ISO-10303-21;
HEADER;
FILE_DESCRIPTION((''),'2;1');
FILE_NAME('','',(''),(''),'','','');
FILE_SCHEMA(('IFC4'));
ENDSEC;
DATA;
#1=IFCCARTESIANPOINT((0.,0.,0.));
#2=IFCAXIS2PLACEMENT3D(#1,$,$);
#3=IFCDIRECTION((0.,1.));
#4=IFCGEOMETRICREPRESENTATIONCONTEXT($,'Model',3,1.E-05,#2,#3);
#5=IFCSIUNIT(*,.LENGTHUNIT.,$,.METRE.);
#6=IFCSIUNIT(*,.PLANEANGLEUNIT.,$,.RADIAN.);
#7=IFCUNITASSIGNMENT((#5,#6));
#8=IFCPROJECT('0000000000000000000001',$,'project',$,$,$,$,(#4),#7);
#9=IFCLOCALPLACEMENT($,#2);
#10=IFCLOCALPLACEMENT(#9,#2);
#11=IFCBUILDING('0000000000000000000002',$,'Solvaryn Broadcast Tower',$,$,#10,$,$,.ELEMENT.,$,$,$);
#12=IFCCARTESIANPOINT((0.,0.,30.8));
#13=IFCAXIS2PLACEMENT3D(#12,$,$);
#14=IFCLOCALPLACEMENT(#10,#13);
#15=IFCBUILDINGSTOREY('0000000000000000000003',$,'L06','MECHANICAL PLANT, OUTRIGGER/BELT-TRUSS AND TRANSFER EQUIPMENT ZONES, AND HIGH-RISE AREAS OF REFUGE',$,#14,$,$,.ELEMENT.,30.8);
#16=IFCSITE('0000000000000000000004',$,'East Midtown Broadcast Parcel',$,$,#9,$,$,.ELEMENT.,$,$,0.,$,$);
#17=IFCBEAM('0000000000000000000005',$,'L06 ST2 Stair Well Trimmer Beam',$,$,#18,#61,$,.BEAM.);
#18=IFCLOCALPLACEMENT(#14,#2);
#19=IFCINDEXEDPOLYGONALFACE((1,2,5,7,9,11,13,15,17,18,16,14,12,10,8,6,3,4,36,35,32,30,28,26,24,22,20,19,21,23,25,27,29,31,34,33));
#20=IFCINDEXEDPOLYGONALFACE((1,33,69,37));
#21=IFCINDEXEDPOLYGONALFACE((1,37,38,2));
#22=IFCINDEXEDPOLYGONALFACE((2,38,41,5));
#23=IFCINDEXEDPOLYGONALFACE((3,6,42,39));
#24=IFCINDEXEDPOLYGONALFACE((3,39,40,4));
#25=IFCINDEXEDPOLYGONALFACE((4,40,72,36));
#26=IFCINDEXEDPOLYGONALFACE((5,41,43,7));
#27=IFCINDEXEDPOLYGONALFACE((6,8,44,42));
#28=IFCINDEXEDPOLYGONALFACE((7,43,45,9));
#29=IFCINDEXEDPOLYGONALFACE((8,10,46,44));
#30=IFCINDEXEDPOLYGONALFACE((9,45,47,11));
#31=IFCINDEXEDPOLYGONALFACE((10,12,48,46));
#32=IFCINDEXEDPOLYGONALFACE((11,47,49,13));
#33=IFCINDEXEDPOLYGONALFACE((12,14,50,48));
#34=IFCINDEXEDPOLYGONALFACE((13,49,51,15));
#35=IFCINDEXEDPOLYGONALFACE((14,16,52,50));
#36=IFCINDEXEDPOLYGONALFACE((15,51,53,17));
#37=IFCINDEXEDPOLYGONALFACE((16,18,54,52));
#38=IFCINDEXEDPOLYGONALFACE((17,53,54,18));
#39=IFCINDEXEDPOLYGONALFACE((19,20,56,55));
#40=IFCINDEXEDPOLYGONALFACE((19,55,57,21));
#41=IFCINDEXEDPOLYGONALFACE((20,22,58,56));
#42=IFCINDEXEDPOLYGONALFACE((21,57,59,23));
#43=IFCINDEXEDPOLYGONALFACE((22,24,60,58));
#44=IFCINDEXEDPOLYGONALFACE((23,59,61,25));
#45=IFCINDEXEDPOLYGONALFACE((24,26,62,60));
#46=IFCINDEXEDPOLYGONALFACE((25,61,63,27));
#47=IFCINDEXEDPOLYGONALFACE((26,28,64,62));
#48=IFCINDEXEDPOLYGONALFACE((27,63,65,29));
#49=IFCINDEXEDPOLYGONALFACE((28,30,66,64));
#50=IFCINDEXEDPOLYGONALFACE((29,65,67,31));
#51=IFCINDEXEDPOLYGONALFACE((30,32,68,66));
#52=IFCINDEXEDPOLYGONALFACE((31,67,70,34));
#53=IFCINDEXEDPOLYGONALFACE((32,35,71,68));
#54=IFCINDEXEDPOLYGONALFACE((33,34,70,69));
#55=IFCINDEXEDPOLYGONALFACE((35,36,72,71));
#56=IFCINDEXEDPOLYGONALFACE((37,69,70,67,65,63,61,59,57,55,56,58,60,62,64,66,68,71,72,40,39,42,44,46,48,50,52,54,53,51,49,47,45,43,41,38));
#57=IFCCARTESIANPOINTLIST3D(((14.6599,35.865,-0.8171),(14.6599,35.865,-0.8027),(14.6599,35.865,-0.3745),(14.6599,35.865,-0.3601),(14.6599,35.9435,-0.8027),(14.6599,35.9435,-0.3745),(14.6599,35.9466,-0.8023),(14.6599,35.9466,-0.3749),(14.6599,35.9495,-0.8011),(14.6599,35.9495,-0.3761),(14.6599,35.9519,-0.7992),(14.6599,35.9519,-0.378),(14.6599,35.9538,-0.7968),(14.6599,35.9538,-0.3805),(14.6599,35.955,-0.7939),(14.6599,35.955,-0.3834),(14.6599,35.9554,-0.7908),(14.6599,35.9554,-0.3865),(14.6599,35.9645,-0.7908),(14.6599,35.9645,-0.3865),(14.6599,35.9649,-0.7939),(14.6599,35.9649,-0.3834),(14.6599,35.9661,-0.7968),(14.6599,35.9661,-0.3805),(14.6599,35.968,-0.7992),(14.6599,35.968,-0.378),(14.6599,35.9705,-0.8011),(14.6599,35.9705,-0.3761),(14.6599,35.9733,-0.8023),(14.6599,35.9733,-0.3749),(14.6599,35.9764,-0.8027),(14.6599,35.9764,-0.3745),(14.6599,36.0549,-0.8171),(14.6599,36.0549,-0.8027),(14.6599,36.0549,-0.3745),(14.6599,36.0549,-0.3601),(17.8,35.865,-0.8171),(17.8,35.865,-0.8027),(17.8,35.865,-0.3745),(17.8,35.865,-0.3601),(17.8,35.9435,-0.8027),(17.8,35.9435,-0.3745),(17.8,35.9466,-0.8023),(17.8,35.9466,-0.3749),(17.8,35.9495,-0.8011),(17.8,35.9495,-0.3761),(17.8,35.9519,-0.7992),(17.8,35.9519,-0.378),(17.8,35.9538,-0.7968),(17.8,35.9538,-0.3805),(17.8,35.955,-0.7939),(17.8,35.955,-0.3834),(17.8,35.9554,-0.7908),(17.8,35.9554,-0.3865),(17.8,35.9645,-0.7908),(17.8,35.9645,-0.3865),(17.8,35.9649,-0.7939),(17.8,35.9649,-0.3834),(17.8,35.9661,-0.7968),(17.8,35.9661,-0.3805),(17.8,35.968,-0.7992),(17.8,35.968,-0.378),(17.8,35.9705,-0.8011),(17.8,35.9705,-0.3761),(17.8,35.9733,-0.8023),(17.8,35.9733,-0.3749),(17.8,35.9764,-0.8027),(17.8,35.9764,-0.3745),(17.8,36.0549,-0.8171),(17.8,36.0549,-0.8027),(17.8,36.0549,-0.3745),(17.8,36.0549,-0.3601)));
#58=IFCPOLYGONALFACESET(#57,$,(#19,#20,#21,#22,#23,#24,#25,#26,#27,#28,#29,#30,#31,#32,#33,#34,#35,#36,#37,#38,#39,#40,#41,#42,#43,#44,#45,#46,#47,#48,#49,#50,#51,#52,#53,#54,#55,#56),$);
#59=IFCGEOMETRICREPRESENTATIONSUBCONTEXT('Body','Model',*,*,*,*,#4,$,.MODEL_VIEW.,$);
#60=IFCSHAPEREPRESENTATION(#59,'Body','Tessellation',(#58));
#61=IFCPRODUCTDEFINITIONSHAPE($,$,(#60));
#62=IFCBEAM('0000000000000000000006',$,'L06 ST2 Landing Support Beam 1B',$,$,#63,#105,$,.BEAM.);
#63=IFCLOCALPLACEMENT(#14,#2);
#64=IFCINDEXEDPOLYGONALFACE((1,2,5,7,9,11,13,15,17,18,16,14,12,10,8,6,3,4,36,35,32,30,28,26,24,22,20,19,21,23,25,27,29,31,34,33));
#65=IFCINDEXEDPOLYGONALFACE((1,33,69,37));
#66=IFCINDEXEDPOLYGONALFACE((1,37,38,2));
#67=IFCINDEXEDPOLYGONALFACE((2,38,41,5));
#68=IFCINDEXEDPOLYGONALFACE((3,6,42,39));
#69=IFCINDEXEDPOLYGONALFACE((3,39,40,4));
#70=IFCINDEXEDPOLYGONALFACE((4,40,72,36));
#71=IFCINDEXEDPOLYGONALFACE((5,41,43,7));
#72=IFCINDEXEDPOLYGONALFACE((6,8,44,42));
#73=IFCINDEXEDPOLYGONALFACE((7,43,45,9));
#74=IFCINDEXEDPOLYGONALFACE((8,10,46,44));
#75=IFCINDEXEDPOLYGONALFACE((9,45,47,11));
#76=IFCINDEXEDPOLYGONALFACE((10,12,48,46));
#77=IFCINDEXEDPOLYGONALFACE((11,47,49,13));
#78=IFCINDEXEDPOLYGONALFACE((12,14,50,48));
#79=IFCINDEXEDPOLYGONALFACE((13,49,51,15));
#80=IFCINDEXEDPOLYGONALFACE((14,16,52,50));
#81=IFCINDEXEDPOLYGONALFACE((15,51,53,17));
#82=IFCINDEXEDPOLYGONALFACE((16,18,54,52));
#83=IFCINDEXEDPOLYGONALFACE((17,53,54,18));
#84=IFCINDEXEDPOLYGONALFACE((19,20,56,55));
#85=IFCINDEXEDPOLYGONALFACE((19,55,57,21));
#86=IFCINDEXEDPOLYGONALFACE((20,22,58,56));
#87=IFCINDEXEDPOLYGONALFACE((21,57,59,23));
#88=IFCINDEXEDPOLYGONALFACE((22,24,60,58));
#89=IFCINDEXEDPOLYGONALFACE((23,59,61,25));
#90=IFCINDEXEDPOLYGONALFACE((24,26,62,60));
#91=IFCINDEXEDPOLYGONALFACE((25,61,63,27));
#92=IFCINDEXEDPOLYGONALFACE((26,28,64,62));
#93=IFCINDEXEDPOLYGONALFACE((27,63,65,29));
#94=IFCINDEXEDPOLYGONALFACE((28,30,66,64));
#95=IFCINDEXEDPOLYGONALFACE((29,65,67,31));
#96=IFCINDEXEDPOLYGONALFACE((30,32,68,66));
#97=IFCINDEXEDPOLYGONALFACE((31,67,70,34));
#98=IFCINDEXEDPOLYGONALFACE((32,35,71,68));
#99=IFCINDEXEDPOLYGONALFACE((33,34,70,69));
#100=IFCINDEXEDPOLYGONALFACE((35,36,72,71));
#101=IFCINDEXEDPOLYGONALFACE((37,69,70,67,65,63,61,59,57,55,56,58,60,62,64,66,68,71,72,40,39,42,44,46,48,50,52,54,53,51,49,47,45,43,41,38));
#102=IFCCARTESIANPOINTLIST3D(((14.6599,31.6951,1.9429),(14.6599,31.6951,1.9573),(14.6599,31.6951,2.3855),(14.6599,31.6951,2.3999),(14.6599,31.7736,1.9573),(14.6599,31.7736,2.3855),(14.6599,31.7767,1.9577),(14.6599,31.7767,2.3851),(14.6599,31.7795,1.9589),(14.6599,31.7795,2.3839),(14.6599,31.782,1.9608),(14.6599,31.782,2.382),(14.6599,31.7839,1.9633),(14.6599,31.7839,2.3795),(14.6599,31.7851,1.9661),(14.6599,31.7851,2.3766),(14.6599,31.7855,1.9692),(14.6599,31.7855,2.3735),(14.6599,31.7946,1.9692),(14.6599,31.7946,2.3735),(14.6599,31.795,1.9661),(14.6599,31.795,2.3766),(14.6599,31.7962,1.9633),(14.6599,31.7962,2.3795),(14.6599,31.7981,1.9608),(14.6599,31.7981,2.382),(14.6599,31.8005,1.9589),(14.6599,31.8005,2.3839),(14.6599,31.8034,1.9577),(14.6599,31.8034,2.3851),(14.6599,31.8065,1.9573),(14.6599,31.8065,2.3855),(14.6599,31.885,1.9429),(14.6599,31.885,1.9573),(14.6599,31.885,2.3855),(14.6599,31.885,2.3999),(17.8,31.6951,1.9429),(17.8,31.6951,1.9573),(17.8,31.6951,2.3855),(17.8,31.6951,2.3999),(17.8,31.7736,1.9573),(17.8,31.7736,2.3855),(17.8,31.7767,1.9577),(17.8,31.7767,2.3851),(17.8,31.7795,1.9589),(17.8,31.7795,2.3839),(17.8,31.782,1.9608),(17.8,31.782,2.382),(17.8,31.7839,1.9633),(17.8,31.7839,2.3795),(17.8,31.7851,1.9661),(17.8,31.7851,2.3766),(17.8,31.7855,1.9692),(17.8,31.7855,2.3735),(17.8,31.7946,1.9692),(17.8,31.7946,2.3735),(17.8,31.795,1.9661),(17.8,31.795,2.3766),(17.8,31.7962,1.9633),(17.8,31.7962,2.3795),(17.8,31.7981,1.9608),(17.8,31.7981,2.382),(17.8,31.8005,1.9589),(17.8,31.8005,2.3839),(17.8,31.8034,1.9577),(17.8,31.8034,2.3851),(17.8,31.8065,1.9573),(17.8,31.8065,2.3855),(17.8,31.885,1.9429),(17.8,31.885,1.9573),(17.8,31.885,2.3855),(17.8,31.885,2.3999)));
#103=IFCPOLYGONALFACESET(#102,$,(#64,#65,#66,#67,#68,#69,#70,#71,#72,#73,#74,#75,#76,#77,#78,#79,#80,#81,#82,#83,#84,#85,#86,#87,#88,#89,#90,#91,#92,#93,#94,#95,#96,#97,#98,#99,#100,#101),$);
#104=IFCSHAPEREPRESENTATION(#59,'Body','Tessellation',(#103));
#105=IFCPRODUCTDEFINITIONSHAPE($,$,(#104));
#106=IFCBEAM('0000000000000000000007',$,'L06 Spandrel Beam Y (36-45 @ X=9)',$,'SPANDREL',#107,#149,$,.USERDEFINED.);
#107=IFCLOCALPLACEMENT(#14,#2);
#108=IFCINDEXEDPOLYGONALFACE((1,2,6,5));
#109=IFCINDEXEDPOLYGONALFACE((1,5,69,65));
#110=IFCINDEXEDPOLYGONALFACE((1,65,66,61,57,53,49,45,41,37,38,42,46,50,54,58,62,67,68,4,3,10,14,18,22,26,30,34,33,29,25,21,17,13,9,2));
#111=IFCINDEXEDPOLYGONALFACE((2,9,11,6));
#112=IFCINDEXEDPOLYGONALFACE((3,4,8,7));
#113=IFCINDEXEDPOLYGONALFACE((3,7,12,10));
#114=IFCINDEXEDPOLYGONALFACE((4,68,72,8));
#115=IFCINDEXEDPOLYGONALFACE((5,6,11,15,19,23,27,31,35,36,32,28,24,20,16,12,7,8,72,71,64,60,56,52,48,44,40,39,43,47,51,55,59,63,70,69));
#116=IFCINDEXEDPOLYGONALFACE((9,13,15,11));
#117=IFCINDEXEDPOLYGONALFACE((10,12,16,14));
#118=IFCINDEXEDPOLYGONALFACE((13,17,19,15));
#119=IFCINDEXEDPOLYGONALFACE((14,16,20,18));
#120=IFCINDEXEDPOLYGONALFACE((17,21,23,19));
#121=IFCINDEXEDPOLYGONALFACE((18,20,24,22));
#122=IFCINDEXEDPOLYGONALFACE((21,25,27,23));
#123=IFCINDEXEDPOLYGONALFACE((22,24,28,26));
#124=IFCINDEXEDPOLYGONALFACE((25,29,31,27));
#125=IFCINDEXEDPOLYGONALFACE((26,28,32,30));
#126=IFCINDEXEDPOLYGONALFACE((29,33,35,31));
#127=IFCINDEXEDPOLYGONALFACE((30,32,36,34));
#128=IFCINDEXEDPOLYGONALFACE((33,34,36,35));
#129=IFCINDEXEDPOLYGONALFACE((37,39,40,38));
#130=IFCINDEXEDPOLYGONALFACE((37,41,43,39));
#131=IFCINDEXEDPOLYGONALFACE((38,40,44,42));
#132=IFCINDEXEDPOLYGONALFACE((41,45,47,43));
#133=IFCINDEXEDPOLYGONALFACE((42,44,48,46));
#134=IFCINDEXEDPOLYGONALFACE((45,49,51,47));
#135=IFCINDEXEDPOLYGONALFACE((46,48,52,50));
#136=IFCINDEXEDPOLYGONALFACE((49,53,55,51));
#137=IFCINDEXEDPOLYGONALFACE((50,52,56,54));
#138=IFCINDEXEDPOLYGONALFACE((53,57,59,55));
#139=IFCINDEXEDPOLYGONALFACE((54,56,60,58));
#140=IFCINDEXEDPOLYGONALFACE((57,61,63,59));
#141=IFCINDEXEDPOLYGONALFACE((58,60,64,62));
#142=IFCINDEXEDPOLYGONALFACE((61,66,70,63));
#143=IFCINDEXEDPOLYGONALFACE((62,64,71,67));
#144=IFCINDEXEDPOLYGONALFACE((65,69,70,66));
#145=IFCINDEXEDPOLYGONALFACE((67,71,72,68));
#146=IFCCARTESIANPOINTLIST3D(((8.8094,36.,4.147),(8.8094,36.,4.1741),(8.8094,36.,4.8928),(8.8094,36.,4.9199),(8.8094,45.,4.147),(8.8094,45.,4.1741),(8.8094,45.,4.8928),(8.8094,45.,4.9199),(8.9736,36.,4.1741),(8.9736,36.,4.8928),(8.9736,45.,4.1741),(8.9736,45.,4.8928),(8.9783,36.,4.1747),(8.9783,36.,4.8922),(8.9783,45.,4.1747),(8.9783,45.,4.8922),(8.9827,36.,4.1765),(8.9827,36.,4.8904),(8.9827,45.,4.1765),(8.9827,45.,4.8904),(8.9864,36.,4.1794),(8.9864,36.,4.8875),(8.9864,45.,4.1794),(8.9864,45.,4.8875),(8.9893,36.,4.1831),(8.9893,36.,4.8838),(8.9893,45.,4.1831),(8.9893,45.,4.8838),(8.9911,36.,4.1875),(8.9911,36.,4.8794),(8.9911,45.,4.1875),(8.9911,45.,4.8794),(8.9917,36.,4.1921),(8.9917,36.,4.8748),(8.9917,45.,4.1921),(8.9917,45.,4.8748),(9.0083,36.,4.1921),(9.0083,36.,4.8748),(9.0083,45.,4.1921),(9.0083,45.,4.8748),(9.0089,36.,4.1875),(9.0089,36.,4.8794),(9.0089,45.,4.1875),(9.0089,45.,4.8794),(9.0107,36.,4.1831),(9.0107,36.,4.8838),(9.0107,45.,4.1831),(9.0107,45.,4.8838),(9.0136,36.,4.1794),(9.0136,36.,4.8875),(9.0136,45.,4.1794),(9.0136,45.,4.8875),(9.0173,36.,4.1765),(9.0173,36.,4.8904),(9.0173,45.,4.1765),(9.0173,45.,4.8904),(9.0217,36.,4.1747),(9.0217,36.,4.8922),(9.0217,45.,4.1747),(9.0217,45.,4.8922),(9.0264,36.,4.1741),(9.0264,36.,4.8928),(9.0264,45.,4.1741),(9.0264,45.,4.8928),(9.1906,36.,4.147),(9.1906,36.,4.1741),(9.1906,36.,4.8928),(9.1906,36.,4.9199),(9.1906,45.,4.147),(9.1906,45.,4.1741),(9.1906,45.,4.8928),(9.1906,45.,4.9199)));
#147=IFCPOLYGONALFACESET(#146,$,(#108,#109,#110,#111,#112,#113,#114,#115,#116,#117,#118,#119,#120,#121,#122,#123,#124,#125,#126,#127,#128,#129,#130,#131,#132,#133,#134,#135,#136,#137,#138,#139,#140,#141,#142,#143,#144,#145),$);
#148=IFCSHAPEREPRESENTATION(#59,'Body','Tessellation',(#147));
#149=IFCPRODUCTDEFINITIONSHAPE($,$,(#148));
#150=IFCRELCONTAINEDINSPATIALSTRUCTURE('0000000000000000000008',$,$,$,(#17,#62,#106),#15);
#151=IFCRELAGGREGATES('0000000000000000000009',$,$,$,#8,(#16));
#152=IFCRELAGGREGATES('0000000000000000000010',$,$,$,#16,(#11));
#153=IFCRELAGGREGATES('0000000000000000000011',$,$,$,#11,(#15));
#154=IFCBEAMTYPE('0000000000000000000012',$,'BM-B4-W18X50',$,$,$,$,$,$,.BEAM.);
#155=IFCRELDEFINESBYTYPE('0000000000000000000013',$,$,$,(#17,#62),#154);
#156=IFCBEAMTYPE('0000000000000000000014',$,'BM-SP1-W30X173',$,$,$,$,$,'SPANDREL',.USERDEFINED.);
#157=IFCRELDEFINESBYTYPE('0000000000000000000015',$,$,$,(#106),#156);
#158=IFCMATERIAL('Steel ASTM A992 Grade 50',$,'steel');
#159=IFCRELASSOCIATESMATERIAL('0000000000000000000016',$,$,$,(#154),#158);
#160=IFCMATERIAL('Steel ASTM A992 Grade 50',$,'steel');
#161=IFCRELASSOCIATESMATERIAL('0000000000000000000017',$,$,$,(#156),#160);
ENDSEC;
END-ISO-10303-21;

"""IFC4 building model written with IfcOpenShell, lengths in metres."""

from ifc_helpers import new_model, si_unit, direction, frame, origin, origin_2d, place, context, subcontext, project, spatial, i_section, extrude, material, material_profile, profile_set, type_object, element, save


model = new_model("IFC4")

# Units and contexts
model_context = context("Model", 3, precision=1e-05, world=origin(), true_north=direction((0.0, 1.0)))
body_context = subcontext(model_context, "Body", "Model", "MODEL_VIEW")
ifc_project = project(units=[si_unit("LENGTHUNIT", "METRE"), si_unit("PLANEANGLEUNIT", "RADIAN")], contexts=[model_context])

# Site, building, storey
site_placement = place(None, origin())
site = spatial("IfcSite", under=ifc_project, at=site_placement, Name="East Midtown Broadcast Parcel", CompositionType="ELEMENT", RefElevation=0.0)
building_placement = place(site_placement, origin())
building = spatial("IfcBuilding", under=site, at=building_placement, Name="Solvaryn Broadcast Tower", CompositionType="ELEMENT")
storey_placement = place(building_placement, frame((0.0, 0.0, 30.8)))
storey = spatial("IfcBuildingStorey", under=building, at=storey_placement, Name="L06", Description="MECHANICAL PLANT, OUTRIGGER/BELT-TRUSS AND TRANSFER EQUIPMENT ZONES, AND HIGH-RISE AREAS OF REFUGE", CompositionType="ELEMENT", Elevation=30.8)

# Beams
ifc_material_1 = material(Name="Steel ASTM A992 Grade 50", Category="steel")
ifc_material_profile_1 = material_profile(ifc_material_1, i_section(OverallWidth=0.1899, OverallDepth=0.457, WebThickness=0.009, FlangeThickness=0.0144, FilletRadius=0.012, at=origin_2d()))
ifc_profile_set_1 = profile_set([ifc_material_profile_1], Name="Steel ASTM A992 Grade 50")
beam_type_1 = type_object("IfcBeamType", Name="BM-B4-W18X50", PredefinedType="BEAM", material=ifc_profile_set_1)
for number, where, z_axis, x_axis, name in (
    (1, (14.6599, 35.96, -0.5886), (1.0, 0.0, 0.0), (0.0, 1.0, 0.0), "L06 ST2 Stair Well Trimmer Beam"),
    (2, (14.6599, 31.79, 2.1714), (1.0, 0.0, 0.0), (0.0, 1.0, 0.0), "L06 ST2 Landing Support Beam 1B"),
):
    element("IfcBeam", number, at=place(storey_placement, frame(where, z_axis=z_axis, x_axis=x_axis)), inside=storey, type_object=beam_type_1, Name=name, PredefinedType="BEAM", context=body_context, shape_type="SweptSolid", body=[
        extrude(i_section(OverallWidth=0.1899, OverallDepth=0.457, WebThickness=0.009, FlangeThickness=0.0144, FilletRadius=0.012, at=origin_2d()), origin(), (0.0, 0.0, 1.0), 3.1401),
    ])
ifc_material_2 = material(Name="Steel ASTM A992 Grade 50", Category="steel")
ifc_material_profile_2 = material_profile(ifc_material_2, i_section(OverallWidth=0.3811, OverallDepth=0.7729, WebThickness=0.0166, FlangeThickness=0.0271, FilletRadius=0.0181, at=origin_2d()))
ifc_profile_set_2 = profile_set([ifc_material_profile_2], Name="Steel ASTM A992 Grade 50")
beam_type_2 = type_object("IfcBeamType", Name="BM-SP1-W30X173", ElementType="SPANDREL", PredefinedType="USERDEFINED", material=ifc_profile_set_2)
beam_1_placement = place(storey_placement, frame((9.0, 36.0, 4.5334), z_axis=(0.0, 1.0, 0.0), x_axis=(-1.0, 0.0, 0.0)))
element("IfcBeam", 3, at=beam_1_placement, inside=storey, type_object=beam_type_2, Name="L06 Spandrel Beam Y (36-45 @ X=9)", ObjectType="SPANDREL", PredefinedType="USERDEFINED", context=body_context, shape_type="SweptSolid", body=[
    extrude(i_section(OverallWidth=0.3811, OverallDepth=0.7729, WebThickness=0.0166, FlangeThickness=0.0271, FilletRadius=0.0181, at=origin_2d()), origin(), (0.0, 0.0, 1.0), 9.0),
])

save(model, "model.ifc")
